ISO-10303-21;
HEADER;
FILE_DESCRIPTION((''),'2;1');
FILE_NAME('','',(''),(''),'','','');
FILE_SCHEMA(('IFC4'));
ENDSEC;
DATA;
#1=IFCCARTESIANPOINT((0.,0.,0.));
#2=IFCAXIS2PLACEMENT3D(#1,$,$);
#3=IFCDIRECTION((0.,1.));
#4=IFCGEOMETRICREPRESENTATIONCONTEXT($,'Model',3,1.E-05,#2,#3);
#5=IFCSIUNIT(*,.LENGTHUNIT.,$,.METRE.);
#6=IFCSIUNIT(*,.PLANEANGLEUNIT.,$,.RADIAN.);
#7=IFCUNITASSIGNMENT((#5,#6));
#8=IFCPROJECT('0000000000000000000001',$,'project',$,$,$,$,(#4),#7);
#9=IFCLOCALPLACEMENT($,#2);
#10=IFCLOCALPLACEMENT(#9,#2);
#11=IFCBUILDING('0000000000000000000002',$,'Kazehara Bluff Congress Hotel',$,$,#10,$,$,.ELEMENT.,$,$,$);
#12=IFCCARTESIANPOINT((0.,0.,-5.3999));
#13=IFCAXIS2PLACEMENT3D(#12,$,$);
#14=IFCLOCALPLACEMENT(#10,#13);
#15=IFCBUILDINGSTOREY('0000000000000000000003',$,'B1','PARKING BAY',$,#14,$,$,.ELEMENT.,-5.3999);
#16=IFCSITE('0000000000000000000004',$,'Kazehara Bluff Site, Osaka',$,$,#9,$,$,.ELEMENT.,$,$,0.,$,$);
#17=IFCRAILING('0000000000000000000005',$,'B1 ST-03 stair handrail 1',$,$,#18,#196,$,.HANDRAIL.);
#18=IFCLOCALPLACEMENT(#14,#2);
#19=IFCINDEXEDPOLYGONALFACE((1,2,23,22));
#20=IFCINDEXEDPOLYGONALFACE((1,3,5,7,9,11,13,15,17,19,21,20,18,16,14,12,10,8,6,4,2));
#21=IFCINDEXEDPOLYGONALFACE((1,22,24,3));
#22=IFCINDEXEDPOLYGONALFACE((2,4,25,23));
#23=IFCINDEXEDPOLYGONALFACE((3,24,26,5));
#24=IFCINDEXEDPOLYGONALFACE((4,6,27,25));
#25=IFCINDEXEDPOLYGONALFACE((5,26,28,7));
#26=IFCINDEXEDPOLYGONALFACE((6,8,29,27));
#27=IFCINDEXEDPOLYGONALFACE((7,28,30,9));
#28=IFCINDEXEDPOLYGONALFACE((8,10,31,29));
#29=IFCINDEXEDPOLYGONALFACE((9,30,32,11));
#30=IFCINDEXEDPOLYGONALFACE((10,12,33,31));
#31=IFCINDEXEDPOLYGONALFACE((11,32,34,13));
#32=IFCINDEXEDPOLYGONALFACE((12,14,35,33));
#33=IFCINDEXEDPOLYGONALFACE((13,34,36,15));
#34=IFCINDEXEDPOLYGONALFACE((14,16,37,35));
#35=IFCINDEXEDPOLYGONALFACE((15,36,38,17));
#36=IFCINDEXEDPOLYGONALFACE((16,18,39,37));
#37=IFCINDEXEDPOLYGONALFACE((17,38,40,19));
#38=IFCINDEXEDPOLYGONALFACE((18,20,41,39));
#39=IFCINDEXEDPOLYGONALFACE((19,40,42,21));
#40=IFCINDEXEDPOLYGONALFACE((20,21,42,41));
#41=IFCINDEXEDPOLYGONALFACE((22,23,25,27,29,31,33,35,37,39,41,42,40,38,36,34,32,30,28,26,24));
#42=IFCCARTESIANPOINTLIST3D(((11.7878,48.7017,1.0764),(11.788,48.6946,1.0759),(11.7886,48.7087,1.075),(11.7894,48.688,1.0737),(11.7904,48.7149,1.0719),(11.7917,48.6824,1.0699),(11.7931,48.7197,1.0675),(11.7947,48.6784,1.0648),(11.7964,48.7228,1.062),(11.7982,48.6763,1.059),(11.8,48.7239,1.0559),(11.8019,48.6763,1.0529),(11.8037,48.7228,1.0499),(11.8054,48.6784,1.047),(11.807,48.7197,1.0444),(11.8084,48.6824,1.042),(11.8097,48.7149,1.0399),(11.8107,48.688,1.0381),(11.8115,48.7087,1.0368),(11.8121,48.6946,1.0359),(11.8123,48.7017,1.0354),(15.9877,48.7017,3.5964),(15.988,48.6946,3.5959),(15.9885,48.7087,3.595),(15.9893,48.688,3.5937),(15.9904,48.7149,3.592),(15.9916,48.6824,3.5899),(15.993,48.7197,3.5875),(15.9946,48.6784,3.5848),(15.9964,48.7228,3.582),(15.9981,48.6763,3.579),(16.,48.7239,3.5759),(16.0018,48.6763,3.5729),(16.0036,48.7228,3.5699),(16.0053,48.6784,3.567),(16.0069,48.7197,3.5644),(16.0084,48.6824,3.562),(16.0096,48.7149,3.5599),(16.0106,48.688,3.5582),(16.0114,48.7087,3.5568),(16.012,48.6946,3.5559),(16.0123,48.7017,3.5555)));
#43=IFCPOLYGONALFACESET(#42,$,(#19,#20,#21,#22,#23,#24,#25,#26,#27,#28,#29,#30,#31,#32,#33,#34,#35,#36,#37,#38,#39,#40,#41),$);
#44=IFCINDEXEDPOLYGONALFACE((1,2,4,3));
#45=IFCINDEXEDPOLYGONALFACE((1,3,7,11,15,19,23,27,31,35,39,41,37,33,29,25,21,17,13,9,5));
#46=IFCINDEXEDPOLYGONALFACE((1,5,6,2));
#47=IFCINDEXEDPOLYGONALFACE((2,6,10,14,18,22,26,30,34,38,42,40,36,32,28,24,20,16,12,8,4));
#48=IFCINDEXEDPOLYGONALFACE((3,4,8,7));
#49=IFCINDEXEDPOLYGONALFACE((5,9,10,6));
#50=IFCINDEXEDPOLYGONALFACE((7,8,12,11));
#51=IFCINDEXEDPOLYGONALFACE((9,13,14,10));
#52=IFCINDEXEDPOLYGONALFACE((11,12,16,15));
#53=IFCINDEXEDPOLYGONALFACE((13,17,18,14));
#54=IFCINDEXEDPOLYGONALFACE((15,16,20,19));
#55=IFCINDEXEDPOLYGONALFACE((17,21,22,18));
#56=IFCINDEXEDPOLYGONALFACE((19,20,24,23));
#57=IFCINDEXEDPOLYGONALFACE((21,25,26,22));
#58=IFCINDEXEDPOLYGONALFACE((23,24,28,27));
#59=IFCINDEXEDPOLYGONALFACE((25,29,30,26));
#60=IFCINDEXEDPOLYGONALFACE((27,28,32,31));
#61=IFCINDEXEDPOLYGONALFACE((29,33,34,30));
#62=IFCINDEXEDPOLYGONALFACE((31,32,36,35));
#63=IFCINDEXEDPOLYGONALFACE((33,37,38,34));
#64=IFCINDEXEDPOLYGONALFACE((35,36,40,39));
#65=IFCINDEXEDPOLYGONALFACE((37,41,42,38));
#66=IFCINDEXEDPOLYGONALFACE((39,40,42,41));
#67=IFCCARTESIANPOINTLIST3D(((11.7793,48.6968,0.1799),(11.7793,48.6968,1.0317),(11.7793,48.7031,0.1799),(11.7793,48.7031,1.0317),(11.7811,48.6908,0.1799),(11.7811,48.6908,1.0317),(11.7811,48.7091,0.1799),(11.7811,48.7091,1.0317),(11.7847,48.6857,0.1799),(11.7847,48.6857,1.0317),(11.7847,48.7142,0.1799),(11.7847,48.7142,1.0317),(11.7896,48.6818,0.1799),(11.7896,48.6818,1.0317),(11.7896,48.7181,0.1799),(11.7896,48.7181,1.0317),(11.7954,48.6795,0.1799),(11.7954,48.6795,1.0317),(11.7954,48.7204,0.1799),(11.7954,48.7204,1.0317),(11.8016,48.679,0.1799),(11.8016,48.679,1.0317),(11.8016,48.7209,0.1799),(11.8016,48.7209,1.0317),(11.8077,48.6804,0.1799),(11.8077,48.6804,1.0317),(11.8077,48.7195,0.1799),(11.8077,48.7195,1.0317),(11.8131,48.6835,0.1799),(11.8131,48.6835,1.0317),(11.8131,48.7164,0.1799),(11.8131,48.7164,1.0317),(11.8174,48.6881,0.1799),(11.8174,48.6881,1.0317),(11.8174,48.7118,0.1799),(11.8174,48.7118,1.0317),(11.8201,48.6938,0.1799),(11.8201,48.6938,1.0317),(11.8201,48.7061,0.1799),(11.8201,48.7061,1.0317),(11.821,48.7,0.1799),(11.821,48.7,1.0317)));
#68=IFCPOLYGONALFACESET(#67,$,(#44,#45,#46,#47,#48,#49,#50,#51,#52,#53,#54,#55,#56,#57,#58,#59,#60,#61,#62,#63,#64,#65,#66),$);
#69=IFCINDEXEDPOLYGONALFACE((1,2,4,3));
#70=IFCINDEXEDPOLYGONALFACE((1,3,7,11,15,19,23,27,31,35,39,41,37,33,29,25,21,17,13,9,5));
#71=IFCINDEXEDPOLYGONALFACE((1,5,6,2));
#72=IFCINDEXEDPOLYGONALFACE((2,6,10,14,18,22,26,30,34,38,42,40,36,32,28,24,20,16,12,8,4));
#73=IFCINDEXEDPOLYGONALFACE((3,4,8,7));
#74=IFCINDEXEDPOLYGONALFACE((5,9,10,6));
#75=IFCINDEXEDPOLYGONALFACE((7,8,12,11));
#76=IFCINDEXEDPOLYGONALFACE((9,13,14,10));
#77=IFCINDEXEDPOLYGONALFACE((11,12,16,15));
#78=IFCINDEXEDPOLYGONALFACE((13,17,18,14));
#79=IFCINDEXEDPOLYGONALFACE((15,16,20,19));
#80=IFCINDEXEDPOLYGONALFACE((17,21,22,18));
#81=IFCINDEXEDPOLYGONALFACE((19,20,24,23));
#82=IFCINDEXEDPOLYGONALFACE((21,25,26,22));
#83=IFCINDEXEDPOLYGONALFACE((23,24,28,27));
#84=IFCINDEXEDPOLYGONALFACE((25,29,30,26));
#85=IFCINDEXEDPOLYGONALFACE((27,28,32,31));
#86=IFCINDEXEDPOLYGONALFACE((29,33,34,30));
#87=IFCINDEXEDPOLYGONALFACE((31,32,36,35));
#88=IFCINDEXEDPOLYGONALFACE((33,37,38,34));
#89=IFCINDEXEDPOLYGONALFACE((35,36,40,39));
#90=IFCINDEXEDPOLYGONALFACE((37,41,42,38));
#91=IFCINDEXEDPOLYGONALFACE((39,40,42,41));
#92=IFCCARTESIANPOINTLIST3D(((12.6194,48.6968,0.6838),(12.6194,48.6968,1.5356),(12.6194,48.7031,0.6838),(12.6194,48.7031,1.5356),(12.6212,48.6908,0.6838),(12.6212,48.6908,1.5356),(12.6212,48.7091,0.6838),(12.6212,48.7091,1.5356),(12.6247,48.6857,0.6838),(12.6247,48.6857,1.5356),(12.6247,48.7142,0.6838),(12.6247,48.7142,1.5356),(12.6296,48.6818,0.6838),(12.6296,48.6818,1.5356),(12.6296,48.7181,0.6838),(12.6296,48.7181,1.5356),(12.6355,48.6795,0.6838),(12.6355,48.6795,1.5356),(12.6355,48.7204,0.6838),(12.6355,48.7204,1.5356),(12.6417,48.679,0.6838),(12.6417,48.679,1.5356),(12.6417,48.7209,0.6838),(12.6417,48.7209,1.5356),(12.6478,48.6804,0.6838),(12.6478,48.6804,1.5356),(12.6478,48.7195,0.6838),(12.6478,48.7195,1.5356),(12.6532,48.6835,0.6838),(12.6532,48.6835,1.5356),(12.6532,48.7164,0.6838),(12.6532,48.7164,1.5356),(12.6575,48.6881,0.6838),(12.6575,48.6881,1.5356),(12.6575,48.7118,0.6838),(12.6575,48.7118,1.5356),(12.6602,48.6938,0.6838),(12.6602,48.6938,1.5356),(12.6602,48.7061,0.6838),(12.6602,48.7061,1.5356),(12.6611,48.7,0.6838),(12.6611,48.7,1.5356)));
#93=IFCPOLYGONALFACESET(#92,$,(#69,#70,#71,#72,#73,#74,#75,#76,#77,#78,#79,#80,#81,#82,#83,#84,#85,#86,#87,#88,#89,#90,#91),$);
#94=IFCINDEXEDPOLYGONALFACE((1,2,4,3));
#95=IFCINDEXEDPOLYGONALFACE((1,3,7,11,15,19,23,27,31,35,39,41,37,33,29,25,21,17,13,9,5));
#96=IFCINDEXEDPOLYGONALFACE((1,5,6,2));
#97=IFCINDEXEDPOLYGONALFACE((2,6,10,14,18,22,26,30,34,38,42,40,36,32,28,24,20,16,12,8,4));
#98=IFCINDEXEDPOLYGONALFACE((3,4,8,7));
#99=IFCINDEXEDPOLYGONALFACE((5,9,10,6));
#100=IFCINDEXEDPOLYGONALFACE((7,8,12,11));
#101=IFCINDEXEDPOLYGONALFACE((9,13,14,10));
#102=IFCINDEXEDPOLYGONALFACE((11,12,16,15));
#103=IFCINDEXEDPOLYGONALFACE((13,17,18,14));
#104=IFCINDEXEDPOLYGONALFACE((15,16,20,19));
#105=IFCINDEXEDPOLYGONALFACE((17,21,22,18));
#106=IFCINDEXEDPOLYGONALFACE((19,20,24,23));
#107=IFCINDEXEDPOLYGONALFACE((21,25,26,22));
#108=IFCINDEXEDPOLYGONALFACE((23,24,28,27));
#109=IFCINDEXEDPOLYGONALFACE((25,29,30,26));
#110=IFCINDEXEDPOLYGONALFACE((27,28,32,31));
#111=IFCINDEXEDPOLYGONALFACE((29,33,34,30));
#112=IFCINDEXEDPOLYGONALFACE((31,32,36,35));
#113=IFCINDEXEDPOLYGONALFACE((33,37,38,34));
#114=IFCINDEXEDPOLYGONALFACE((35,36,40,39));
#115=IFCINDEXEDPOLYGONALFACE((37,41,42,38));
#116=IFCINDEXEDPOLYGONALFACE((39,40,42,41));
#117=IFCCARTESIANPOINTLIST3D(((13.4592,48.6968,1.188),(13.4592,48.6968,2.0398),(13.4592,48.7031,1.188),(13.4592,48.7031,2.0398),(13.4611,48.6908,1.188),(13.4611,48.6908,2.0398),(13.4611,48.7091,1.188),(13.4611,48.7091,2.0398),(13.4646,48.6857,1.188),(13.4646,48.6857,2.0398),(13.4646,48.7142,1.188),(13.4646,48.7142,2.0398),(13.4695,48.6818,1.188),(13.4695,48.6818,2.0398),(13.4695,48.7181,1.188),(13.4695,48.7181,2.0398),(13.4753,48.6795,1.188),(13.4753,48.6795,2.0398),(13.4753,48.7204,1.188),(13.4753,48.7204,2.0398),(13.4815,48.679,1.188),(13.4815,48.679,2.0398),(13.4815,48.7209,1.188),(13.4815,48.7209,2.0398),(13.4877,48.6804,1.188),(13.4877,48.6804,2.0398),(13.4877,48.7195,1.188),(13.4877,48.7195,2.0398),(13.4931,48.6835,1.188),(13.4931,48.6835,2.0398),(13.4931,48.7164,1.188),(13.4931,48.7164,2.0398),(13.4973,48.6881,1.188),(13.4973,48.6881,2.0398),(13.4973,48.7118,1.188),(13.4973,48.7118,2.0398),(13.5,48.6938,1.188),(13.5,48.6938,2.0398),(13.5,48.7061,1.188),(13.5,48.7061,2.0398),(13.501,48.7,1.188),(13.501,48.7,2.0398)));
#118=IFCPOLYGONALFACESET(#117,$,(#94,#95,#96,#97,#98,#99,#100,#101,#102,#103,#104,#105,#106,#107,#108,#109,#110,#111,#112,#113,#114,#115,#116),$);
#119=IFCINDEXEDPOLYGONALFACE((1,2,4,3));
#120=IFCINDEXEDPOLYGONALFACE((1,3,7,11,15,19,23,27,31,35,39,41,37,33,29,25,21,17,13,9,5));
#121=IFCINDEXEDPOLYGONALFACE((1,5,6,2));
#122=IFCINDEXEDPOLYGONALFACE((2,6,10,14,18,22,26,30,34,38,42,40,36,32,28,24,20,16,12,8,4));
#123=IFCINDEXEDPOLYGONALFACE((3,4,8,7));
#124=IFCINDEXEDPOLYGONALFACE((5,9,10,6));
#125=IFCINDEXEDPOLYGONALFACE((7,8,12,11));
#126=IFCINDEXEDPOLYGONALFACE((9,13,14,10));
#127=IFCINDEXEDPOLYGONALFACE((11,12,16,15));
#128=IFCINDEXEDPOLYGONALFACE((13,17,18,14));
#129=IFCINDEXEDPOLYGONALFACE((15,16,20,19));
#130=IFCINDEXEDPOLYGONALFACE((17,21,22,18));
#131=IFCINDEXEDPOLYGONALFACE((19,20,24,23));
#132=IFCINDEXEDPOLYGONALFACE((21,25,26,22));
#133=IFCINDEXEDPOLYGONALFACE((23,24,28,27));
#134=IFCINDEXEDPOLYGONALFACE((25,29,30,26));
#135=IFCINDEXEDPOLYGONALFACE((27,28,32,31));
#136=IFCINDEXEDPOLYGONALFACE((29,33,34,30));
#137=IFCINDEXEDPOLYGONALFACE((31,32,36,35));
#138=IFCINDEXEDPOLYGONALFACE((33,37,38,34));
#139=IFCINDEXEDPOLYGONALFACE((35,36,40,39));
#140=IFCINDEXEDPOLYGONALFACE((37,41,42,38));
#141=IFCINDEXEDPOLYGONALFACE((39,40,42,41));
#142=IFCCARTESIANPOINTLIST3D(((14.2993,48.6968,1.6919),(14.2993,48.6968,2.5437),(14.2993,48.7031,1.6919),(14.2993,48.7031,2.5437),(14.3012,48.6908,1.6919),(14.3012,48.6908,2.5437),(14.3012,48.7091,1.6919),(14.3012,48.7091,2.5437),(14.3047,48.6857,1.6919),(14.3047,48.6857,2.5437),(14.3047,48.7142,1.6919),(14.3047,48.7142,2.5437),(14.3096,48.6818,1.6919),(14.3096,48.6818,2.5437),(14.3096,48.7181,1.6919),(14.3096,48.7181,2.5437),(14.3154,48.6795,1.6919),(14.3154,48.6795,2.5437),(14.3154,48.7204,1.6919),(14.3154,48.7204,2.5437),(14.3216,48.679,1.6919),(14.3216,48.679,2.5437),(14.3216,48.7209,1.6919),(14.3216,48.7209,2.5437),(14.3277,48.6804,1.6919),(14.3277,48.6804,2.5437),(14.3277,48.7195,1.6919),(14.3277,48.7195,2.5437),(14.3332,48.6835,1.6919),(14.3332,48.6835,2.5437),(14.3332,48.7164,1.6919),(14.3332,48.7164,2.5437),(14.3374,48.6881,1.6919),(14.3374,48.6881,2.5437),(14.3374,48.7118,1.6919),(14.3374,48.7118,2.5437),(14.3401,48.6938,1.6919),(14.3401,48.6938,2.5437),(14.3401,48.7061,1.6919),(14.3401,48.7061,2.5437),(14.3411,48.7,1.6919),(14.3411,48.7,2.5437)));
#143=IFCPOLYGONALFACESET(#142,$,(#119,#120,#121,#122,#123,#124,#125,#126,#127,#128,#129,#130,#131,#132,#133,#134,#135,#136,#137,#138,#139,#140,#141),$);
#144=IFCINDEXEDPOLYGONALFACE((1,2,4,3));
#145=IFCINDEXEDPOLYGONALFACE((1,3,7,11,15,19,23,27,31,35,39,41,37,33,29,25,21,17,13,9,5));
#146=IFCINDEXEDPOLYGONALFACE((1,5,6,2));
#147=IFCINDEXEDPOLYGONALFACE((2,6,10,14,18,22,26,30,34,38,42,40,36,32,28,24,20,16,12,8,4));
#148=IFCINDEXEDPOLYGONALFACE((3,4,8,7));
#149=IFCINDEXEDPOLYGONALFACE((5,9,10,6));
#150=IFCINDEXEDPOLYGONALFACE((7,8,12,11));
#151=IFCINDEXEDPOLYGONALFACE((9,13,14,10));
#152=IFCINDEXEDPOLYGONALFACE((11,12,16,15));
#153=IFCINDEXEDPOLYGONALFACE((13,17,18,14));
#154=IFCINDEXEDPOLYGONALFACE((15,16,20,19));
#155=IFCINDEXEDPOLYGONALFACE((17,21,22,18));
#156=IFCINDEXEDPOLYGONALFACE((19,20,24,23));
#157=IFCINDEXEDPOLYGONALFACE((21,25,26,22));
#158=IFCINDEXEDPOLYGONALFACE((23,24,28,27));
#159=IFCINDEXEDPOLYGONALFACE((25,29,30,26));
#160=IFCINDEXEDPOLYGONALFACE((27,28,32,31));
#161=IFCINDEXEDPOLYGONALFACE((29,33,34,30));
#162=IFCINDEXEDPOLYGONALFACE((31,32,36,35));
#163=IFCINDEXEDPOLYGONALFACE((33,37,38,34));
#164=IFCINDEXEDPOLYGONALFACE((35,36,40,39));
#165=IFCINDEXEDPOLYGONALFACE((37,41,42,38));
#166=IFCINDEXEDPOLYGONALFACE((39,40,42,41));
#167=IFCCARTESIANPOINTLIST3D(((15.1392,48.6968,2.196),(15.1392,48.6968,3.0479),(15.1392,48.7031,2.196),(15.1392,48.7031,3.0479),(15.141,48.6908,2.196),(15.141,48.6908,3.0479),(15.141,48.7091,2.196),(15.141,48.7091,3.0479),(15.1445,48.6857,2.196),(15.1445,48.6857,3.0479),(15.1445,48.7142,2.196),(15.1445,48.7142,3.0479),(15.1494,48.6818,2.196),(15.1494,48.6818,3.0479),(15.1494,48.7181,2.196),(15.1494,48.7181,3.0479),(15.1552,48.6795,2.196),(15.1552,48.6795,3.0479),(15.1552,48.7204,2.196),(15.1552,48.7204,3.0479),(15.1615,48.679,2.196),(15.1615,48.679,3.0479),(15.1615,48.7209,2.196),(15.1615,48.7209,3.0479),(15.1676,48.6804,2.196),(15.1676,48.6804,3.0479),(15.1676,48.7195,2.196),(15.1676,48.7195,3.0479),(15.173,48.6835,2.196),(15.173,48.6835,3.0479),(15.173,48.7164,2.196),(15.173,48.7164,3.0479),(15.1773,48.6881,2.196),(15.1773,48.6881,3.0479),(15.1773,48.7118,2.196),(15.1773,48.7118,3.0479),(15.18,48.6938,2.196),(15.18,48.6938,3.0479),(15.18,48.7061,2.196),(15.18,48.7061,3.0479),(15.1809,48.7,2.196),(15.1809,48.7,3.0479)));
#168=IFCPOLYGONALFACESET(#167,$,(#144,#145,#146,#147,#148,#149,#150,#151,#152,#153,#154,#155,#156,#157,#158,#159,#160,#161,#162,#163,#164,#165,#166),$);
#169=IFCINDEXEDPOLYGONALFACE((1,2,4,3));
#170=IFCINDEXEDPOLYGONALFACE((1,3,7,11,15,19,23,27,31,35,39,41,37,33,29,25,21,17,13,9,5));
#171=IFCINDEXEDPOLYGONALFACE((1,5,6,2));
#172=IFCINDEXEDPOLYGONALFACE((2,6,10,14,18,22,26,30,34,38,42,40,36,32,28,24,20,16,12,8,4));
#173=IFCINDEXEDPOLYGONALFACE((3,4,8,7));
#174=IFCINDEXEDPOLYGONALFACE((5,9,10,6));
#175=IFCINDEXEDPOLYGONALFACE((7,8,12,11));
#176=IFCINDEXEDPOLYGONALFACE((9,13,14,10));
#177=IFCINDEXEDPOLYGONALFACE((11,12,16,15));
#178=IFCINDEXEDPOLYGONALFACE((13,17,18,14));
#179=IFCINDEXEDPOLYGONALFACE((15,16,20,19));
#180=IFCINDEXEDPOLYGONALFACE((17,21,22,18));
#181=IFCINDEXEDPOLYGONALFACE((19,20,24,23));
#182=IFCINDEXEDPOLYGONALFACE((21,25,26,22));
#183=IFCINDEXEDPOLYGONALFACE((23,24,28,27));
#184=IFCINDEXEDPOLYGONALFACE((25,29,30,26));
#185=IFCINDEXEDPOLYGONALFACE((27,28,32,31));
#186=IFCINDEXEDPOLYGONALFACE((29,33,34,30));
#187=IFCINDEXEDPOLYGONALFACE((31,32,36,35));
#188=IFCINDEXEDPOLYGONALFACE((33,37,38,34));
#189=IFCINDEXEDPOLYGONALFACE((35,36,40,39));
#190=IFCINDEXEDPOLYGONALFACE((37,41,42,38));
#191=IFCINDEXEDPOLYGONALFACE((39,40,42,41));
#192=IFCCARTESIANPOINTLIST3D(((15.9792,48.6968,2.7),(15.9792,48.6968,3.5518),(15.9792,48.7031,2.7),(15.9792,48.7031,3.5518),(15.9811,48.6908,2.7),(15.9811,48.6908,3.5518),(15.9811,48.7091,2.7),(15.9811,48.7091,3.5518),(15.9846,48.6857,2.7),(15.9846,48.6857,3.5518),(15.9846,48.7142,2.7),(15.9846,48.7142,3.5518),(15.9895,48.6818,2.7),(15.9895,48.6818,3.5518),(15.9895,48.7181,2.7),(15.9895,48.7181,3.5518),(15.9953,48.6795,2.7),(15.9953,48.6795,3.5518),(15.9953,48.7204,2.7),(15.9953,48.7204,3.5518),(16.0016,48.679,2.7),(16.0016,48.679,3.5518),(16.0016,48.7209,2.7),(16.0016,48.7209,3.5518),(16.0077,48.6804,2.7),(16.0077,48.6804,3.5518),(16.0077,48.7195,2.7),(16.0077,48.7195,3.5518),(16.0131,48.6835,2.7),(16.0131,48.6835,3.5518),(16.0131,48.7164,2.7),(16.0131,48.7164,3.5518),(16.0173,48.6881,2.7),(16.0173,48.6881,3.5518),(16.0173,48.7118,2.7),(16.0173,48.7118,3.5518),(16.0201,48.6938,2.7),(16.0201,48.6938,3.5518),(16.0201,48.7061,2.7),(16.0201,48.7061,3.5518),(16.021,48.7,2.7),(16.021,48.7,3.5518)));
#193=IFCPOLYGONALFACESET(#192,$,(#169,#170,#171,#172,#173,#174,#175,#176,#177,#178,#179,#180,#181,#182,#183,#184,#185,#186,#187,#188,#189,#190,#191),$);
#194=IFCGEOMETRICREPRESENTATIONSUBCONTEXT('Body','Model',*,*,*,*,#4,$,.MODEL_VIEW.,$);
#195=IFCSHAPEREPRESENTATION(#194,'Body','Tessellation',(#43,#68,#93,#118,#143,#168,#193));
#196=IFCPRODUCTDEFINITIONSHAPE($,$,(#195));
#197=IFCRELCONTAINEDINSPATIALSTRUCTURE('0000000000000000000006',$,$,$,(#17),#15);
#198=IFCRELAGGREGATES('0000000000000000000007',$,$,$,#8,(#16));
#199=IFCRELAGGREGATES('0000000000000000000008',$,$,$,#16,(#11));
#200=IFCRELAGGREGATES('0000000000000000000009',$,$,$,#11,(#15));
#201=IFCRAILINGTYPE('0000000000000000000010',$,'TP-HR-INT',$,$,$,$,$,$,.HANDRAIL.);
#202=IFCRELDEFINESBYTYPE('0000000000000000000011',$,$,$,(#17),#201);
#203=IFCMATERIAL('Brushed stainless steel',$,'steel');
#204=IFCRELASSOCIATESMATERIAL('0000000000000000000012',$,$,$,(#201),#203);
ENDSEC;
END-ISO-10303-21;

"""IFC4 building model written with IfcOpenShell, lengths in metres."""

from ifc_helpers import new_model, si_unit, direction, frame, origin, origin_2d, place, context, subcontext, project, spatial, circle, extrude, material, type_object, element, save


model = new_model("IFC4")

# Units and contexts
model_context = context("Model", 3, precision=1e-05, world=origin(), true_north=direction((0.0, 1.0)))
body_context = subcontext(model_context, "Body", "Model", "MODEL_VIEW")
ifc_project = project(units=[si_unit("LENGTHUNIT", "METRE"), si_unit("PLANEANGLEUNIT", "RADIAN")], contexts=[model_context])

# Site, building, storey
site_placement = place(None, origin())
site = spatial("IfcSite", under=ifc_project, at=site_placement, Name="Kazehara Bluff Site, Osaka", CompositionType="ELEMENT", RefElevation=0.0)
building_placement = place(site_placement, origin())
building = spatial("IfcBuilding", under=site, at=building_placement, Name="Kazehara Bluff Congress Hotel", CompositionType="ELEMENT")
storey_placement = place(building_placement, frame((0.0, 0.0, -5.3999)))
storey = spatial("IfcBuildingStorey", under=building, at=storey_placement, Name="B1", Description="PARKING BAY", CompositionType="ELEMENT", Elevation=-5.3999)

# Railing
ifc_material_1 = material(Name="Brushed stainless steel", Category="steel")
railing_type_1 = type_object("IfcRailingType", Name="TP-HR-INT", PredefinedType="HANDRAIL", material=ifc_material_1)
railing_1_placement = place(storey_placement, frame((11.8, 48.7, 0.1799)))
element("IfcRailing", 1, at=railing_1_placement, inside=storey, type_object=railing_type_1, Name="B1 ST-03 stair handrail 1", PredefinedType="HANDRAIL", context=body_context, shape_type="SweptSolid", body=[
    extrude(circle(Radius=0.0239, at=origin_2d()), frame((0.0, 0.0, 0.876), z_axis=(0.857489, 0.0, 0.514503), x_axis=(0.0, 1.0, 0.0)), (0.0, 0.0, 1.0), 4.8979),
    extrude(circle(Radius=0.021, at=origin_2d()), origin(), (0.0, 0.0, 1.0), 0.8518),
    extrude(circle(Radius=0.021, at=origin_2d()), frame((0.8401, 0.0, 0.5039)), (0.0, 0.0, 1.0), 0.8518),
    extrude(circle(Radius=0.021, at=origin_2d()), frame((1.6799, 0.0, 1.0081)), (0.0, 0.0, 1.0), 0.8518),
    extrude(circle(Radius=0.021, at=origin_2d()), frame((2.52, 0.0, 1.512)), (0.0, 0.0, 1.0), 0.8518),
    extrude(circle(Radius=0.021, at=origin_2d()), frame((3.3599, 0.0, 2.0161)), (0.0, 0.0, 1.0), 0.8518),
    extrude(circle(Radius=0.021, at=origin_2d()), frame((4.2, 0.0, 2.52)), (0.0, 0.0, 1.0), 0.8518),
])

save(model, "model.ifc")
